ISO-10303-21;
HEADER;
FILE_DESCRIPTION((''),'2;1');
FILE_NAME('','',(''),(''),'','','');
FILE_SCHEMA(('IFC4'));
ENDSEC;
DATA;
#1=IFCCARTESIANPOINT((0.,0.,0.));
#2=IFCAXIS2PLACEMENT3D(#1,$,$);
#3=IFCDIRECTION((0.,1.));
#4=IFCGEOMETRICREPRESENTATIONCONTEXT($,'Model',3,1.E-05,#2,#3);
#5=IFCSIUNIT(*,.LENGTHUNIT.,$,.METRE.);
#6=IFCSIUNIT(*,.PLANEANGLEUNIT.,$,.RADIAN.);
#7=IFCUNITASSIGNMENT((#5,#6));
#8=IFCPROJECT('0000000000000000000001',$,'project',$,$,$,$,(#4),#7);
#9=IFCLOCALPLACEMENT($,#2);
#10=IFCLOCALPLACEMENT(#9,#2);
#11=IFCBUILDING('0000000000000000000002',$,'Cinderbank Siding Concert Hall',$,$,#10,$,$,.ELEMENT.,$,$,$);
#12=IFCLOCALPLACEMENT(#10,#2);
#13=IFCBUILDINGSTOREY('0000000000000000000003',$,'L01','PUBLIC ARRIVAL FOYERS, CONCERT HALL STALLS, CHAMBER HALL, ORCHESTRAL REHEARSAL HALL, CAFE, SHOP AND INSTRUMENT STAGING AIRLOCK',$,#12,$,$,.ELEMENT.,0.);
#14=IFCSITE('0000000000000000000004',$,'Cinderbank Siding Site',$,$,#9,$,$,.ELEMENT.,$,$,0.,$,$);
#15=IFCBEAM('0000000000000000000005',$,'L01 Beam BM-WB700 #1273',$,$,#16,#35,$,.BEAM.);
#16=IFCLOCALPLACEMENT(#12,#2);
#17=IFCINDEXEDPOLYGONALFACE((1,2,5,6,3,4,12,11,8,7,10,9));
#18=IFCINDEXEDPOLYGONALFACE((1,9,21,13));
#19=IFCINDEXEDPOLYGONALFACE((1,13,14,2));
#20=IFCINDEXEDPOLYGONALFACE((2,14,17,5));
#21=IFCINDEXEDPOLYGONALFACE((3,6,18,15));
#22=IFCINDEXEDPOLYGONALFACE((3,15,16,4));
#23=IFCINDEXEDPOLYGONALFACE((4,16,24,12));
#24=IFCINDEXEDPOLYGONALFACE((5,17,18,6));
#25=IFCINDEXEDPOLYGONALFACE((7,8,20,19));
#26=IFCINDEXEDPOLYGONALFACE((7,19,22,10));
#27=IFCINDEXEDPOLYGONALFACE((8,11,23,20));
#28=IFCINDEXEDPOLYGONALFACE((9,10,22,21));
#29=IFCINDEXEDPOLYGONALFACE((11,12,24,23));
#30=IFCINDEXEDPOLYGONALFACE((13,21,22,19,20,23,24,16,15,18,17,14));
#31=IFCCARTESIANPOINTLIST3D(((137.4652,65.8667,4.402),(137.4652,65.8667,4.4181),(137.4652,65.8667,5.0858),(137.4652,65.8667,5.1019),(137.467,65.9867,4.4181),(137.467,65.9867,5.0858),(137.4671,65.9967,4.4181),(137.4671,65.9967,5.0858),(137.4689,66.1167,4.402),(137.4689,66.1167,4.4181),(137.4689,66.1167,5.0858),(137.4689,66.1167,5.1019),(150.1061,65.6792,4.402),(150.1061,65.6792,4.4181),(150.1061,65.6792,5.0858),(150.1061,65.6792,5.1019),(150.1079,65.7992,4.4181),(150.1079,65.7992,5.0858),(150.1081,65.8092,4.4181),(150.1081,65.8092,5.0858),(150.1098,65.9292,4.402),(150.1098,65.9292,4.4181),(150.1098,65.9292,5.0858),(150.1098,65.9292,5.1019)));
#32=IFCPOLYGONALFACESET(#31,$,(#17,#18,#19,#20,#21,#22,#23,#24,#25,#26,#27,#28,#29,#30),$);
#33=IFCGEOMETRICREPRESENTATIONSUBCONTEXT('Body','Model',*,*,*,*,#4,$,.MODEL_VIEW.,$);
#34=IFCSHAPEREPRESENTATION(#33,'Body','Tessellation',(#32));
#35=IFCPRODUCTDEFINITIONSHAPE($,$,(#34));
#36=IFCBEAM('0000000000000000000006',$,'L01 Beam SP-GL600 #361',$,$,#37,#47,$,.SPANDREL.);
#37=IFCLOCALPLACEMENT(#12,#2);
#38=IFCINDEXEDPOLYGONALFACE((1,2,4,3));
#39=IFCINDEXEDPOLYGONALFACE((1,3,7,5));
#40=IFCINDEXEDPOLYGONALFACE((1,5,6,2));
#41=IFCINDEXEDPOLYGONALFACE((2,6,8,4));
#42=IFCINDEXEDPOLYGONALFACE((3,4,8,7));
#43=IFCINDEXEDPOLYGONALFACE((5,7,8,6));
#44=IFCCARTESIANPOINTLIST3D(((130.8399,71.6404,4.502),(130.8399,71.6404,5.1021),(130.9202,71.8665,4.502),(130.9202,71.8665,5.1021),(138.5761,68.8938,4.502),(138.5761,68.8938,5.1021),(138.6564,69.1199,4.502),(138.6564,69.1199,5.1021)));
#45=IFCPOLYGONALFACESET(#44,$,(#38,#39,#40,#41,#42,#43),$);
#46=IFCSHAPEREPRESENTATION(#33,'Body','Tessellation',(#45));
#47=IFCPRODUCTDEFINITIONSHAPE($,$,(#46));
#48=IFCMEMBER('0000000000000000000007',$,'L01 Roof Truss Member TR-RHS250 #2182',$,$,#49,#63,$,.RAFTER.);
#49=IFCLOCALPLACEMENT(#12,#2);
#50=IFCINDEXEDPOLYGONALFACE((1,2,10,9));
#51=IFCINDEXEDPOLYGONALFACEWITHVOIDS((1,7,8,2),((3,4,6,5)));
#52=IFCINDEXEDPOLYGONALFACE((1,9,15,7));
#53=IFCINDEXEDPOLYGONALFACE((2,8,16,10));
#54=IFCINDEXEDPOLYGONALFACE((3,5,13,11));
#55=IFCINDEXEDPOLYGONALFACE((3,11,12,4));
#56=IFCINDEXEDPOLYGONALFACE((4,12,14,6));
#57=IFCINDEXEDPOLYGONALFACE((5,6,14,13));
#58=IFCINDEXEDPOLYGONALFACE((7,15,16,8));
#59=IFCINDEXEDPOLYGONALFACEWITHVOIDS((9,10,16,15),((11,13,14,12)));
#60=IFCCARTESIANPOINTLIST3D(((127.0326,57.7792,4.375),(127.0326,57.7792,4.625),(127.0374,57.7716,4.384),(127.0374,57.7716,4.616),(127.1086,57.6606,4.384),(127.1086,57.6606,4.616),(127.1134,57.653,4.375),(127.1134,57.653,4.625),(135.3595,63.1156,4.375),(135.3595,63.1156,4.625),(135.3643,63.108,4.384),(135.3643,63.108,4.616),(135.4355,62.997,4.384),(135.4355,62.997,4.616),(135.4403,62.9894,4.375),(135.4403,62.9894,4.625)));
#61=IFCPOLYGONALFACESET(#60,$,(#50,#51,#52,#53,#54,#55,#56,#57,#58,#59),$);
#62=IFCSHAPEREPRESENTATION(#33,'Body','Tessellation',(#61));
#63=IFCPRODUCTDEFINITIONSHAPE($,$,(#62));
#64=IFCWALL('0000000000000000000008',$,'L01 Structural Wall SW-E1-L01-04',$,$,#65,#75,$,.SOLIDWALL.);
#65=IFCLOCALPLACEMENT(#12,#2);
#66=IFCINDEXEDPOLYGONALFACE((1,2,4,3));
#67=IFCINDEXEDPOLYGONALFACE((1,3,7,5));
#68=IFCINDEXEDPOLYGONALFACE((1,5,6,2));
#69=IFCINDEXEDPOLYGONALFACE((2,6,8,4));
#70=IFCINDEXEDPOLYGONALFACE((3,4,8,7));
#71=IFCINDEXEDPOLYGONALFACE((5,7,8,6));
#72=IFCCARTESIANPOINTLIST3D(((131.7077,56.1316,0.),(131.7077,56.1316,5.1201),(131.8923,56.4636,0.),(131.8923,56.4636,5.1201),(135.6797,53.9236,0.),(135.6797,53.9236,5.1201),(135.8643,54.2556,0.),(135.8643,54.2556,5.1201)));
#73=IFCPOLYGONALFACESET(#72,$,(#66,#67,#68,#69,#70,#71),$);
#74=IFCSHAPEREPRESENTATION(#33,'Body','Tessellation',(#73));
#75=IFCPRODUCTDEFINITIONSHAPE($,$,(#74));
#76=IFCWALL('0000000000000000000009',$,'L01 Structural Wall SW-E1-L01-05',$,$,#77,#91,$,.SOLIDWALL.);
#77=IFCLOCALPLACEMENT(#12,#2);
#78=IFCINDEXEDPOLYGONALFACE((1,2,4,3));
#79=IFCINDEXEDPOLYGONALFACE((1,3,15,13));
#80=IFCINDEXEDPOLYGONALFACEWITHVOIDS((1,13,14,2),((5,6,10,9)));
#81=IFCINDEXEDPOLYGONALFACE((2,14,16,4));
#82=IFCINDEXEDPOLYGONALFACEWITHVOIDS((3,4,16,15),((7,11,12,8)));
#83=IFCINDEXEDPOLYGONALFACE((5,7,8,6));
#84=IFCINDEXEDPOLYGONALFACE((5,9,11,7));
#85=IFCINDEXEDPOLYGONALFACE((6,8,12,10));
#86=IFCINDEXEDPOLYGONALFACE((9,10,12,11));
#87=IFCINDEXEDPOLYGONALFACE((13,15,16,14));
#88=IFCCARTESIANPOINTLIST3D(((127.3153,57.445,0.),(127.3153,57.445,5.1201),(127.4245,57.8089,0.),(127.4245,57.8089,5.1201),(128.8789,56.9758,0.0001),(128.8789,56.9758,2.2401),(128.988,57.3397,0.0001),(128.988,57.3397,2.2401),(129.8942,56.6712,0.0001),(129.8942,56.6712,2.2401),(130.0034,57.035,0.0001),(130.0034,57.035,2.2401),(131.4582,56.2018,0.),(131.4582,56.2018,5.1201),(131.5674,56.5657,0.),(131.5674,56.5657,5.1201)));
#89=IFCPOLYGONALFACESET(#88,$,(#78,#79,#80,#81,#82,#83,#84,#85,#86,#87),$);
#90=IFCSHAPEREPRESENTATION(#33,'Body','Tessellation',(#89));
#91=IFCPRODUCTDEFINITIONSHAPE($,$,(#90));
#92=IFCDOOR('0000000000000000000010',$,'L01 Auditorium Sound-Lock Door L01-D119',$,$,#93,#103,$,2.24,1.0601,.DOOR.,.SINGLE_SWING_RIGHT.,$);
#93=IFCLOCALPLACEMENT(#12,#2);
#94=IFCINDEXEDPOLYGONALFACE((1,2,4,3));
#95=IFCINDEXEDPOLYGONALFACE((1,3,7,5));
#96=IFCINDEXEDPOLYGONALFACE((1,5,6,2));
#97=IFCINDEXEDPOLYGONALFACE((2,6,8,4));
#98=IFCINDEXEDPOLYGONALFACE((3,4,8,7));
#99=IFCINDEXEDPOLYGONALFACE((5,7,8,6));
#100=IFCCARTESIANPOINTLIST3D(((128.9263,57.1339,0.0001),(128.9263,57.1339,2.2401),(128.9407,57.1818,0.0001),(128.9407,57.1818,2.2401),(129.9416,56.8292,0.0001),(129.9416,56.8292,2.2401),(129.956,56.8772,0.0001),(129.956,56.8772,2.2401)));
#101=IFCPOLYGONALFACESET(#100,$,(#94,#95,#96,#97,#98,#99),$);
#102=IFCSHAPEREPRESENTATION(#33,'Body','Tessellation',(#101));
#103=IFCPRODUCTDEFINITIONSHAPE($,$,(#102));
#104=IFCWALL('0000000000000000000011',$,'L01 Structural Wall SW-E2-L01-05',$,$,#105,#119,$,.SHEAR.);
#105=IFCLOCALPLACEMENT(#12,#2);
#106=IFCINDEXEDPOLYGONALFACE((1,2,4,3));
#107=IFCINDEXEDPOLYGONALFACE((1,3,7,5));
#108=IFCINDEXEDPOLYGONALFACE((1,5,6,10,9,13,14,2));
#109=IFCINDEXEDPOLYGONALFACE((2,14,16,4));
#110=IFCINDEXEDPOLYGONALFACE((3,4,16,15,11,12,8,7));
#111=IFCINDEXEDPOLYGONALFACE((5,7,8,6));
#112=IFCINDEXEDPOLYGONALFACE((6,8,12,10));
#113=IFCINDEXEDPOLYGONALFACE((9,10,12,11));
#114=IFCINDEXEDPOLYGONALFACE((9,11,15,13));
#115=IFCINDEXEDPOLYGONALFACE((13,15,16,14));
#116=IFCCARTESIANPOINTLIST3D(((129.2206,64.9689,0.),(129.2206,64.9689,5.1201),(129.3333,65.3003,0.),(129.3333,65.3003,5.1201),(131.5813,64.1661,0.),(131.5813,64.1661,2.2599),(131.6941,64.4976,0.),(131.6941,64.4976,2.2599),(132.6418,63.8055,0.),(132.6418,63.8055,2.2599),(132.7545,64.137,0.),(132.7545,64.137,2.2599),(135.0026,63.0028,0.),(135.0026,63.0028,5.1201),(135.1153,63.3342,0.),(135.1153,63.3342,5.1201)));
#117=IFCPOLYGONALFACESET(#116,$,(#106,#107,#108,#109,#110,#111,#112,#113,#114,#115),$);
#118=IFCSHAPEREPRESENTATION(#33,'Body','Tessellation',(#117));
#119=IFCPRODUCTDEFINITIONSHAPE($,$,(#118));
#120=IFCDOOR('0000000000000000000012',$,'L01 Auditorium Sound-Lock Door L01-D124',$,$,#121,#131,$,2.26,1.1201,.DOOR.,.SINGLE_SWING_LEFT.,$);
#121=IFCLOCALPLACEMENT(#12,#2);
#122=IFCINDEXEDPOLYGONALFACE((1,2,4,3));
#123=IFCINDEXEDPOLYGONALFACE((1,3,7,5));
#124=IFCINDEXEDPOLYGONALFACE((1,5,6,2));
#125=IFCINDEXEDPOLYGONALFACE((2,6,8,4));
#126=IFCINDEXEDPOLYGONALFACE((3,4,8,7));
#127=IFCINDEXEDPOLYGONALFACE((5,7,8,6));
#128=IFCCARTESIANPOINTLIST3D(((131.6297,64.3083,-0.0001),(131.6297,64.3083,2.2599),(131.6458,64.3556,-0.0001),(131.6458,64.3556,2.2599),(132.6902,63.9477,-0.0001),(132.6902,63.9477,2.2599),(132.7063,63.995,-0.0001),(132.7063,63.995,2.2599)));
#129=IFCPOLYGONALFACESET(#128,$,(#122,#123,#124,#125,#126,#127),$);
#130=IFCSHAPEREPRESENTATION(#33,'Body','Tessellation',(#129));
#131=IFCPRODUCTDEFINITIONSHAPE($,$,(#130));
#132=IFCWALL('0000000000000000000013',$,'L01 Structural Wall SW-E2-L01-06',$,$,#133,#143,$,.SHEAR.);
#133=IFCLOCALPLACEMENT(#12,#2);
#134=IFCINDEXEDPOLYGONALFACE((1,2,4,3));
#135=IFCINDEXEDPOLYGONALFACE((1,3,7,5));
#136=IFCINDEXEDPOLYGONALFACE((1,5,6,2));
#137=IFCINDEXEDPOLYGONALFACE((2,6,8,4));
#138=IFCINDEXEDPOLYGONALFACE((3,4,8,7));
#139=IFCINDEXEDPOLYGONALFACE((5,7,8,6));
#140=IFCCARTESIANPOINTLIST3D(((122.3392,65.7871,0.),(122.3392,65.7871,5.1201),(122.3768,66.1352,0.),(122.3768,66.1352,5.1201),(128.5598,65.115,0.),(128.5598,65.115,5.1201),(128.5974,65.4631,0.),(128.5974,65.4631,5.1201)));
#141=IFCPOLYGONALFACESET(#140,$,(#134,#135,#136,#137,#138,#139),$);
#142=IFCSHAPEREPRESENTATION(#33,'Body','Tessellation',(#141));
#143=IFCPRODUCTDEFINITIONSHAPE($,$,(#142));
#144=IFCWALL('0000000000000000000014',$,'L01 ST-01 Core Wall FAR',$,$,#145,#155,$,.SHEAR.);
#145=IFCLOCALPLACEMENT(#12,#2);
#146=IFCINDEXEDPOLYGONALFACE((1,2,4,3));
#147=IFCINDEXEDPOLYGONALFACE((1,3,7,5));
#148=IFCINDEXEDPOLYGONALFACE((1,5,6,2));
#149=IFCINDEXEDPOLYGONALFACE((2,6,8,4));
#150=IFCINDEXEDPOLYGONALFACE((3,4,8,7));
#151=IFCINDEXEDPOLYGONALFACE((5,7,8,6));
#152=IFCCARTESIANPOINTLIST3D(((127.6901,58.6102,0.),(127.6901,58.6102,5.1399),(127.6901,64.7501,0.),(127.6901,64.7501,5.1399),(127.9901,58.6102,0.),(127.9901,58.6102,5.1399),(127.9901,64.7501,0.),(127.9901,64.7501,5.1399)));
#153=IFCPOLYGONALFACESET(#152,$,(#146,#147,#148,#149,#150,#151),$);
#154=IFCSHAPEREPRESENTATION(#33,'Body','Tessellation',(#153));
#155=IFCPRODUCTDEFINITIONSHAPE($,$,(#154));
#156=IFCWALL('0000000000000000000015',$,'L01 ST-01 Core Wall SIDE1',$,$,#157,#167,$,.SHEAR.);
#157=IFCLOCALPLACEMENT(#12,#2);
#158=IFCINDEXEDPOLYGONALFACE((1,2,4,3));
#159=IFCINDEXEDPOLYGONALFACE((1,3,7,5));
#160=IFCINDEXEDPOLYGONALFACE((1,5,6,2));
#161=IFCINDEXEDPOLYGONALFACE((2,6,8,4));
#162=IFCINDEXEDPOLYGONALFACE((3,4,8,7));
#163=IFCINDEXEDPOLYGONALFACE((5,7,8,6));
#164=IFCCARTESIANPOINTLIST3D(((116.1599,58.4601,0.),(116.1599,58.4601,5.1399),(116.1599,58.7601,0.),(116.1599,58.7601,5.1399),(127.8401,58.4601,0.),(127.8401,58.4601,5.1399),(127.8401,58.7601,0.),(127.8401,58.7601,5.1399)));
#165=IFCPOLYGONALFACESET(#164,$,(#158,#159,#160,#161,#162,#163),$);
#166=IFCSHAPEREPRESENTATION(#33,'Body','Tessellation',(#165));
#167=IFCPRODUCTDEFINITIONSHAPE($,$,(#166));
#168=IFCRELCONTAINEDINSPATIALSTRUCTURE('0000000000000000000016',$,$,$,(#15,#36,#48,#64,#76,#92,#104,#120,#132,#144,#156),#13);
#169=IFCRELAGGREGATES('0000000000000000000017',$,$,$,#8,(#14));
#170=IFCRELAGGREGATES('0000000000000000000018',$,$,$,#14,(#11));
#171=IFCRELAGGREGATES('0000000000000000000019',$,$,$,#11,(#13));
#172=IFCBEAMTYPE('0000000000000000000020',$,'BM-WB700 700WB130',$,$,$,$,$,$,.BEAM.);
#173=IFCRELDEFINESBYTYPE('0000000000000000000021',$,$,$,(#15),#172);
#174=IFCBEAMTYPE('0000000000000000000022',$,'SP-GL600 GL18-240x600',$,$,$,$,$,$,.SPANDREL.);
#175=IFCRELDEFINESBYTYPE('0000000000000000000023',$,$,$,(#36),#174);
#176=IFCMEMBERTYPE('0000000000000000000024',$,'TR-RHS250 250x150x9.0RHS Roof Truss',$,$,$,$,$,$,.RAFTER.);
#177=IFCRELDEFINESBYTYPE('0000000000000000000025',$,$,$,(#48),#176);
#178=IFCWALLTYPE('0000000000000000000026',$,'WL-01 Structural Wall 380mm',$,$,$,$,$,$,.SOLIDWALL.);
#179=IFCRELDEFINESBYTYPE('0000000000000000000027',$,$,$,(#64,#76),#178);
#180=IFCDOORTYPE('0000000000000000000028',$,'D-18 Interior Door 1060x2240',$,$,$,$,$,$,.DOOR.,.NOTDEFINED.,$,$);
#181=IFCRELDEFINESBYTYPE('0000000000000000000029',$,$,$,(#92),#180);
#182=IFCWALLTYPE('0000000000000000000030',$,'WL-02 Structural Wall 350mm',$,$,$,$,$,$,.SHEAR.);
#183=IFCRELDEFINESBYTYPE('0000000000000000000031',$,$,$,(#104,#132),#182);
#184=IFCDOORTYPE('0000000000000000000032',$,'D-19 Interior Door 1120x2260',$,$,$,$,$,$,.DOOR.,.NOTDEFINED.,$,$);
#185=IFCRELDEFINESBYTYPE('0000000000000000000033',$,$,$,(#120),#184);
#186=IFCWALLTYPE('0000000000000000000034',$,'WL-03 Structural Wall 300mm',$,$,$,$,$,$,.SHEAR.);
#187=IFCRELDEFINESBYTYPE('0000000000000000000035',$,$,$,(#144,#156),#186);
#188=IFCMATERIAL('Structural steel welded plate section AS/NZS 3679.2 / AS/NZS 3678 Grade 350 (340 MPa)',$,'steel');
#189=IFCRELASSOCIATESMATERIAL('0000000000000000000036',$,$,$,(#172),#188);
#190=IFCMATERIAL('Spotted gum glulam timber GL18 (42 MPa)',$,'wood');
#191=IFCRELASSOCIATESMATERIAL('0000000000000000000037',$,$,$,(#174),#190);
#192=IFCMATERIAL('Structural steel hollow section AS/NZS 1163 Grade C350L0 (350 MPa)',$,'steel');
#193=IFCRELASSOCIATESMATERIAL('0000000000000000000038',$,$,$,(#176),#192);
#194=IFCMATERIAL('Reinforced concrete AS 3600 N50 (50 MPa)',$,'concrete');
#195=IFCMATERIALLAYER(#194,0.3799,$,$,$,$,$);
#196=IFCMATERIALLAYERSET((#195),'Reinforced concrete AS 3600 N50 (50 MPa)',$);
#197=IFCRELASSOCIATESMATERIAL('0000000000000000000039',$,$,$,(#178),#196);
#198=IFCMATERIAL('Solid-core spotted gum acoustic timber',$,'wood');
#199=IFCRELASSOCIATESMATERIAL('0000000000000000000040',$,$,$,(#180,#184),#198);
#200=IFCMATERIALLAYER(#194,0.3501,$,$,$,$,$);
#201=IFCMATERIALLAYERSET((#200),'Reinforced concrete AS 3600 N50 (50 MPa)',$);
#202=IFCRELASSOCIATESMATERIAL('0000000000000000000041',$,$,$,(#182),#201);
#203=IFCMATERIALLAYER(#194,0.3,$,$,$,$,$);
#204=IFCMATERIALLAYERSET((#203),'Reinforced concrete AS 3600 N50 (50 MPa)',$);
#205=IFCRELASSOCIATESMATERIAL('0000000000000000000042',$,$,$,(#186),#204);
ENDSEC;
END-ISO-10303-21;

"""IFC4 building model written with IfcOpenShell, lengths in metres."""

from ifc_helpers import new_model, si_unit, direction, frame, frame_2d, origin, origin_2d, place, context, subcontext, project, spatial, rectangle, hollow_rectangle, i_section, extrude, material, layer, layer_set, material_profile, profile_set, type_object, element, fill, save


model = new_model("IFC4")

# Units and contexts
model_context = context("Model", 3, precision=1e-05, world=origin(), true_north=direction((0.0, 1.0)))
body_context = subcontext(model_context, "Body", "Model", "MODEL_VIEW")
ifc_project = project(units=[si_unit("LENGTHUNIT", "METRE"), si_unit("PLANEANGLEUNIT", "RADIAN")], contexts=[model_context])

# Site, building, storey
site_placement = place(None, origin())
site = spatial("IfcSite", under=ifc_project, at=site_placement, Name="Cinderbank Siding Site", CompositionType="ELEMENT", RefElevation=0.0)
building_placement = place(site_placement, origin())
building = spatial("IfcBuilding", under=site, at=building_placement, Name="Cinderbank Siding Concert Hall", CompositionType="ELEMENT")
storey_placement = place(building_placement, origin())
storey = spatial("IfcBuildingStorey", under=building, at=storey_placement, Name="L01", Description="PUBLIC ARRIVAL FOYERS, CONCERT HALL STALLS, CHAMBER HALL, ORCHESTRAL REHEARSAL HALL, CAFE, SHOP AND INSTRUMENT STAGING AIRLOCK", CompositionType="ELEMENT", Elevation=0.0)

# Shared definitions
ifc_material_1 = material(Name="Structural steel hollow section AS/NZS 1163 Grade C350L0 (350 MPa)", Category="steel")
ifc_material_2 = material(Name="Reinforced concrete AS 3600 N50 (50 MPa)", Category="concrete")

# Beams
ifc_material_3 = material(Name="Structural steel welded plate section AS/NZS 3679.2 / AS/NZS 3678 Grade 350 (340 MPa)", Category="steel")
ifc_material_profile_1 = material_profile(ifc_material_3, i_section(OverallWidth=0.25, OverallDepth=0.7, WebThickness=0.01, FlangeThickness=0.0161, at=origin_2d()), Name="700WB130", Category="LoadBearing")
ifc_profile_set_1 = profile_set([ifc_material_profile_1], Name="Structural steel welded plate section AS/NZS 3679.2 / AS/NZS 3678 Grade 350 (340 MPa)")
beam_type_1 = type_object("IfcBeamType", Name="BM-WB700 700WB130", PredefinedType="BEAM", material=ifc_profile_set_1)
beam_1_placement = place(storey_placement, frame((137.467, 65.9917, 4.752), z_axis=(0.99989, -0.014831, 0.0), x_axis=(0.014831, 0.99989, 0.0)))
element("IfcBeam", 1, at=beam_1_placement, inside=storey, type_object=beam_type_1, Name="L01 Beam BM-WB700 #1273", PredefinedType="BEAM", context=body_context, shape_type="SweptSolid", body=[
    extrude(i_section(OverallWidth=0.25, OverallDepth=0.7, WebThickness=0.01, FlangeThickness=0.0161, at=origin_2d()), origin(), (0.0, 0.0, 1.0), 12.6423),
])
ifc_material_4 = material(Name="Spotted gum glulam timber GL18 (42 MPa)", Category="wood")
ifc_material_profile_2 = material_profile(ifc_material_4, rectangle(XDim=0.24, YDim=0.6001, at=origin_2d()), Name="GL18-240x600", Category="LoadBearing")
ifc_profile_set_2 = profile_set([ifc_material_profile_2], Name="Spotted gum glulam timber GL18 (42 MPa)")
beam_type_2 = type_object("IfcBeamType", Name="SP-GL600 GL18-240x600", PredefinedType="SPANDREL", material=ifc_profile_set_2)
beam_2_placement = place(storey_placement, frame((138.6162, 69.0068, 4.802), z_axis=(-0.942369, 0.334574, 0.0), x_axis=(-0.334574, -0.942369, 0.0)))
element("IfcBeam", 2, at=beam_2_placement, inside=storey, type_object=beam_type_2, Name="L01 Beam SP-GL600 #361", PredefinedType="SPANDREL", context=body_context, shape_type="SweptSolid", body=[
    extrude(rectangle(XDim=0.24, YDim=0.6001, at=origin_2d()), origin(), (0.0, 0.0, 1.0), 8.2092),
])

# Member
ifc_material_profile_3 = material_profile(ifc_material_1, hollow_rectangle(XDim=0.1499, YDim=0.25, WallThickness=0.009, at=origin_2d()), Name="250x150x9.0RHS", Category="LoadBearing")
ifc_profile_set_3 = profile_set([ifc_material_profile_3], Name="Structural steel hollow section AS/NZS 1163 Grade C350L0 (350 MPa)")
member_type = type_object("IfcMemberType", Name="TR-RHS250 250x150x9.0RHS Roof Truss", PredefinedType="RAFTER", material=ifc_profile_set_3)
member_placement = place(storey_placement, frame((127.073, 57.7161, 4.5), z_axis=(0.84194, 0.539571, 0.0), x_axis=(-0.539571, 0.84194, 0.0)))
element("IfcMember", 3, at=member_placement, inside=storey, type_object=member_type, Name="L01 Roof Truss Member TR-RHS250 #2182", PredefinedType="RAFTER", context=body_context, shape_type="SweptSolid", body=[
    extrude(hollow_rectangle(XDim=0.1499, YDim=0.25, WallThickness=0.009, at=origin_2d()), origin(), (0.0, 0.0, 1.0), 9.8901),
])

# Wall
ifc_layer_1 = layer(ifc_material_2, 0.3799)
ifc_layer_set_1 = layer_set([ifc_layer_1], Name="Reinforced concrete AS 3600 N50 (50 MPa)")
wall_type_1 = type_object("IfcWallType", Name="WL-01 Structural Wall 380mm", PredefinedType="SOLIDWALL", material=ifc_layer_set_1)
wall_1_placement = place(storey_placement, frame((135.772, 54.0896, 0.0), z_axis=(0.0, 0.0, 1.0), x_axis=(-0.874028, 0.485876, 0.0)))
element("IfcWall", 4, at=wall_1_placement, inside=storey, type_object=wall_type_1, Name="L01 Structural Wall SW-E1-L01-04", PredefinedType="SOLIDWALL", context=body_context, shape_type="SweptSolid", body=[
    extrude(rectangle(XDim=4.5444, YDim=0.3799, at=frame_2d((2.2722, 0.0))), origin(), (0.0, 0.0, 1.0), 5.1201),
])

# Walls, openings, doors
wall_2_placement = place(storey_placement, frame((131.5127, 56.3838, 0.0), z_axis=(0.0, 0.0, 1.0), x_axis=(-0.957806, 0.287415, 0.0)))
wall_2 = element("IfcWall", 5, at=wall_2_placement, inside=storey, type_object=wall_type_1, Name="L01 Structural Wall SW-E1-L01-05", PredefinedType="SOLIDWALL", context=body_context, shape_type="SweptSolid", body=[
    extrude(rectangle(XDim=4.3254, YDim=0.3799, at=frame_2d((2.1626, 0.0))), origin(), (0.0, 0.0, 1.0), 5.1201),
])
opening_1_placement = place(wall_2_placement, frame((1.6328, 0.0, 0.0)))
opening_1 = element("IfcOpeningElement", 6, at=opening_1_placement, cuts=wall_2, PredefinedType="OPENING", context=body_context, shape_type="SweptSolid", body=[
    extrude(rectangle(XDim=1.0601, YDim=2.24, at=frame_2d((0.53, 1.1201))), frame((0.0, 0.2019, 0.0), z_axis=(0.0, -1.0, 0.0), x_axis=(1.0, 0.0, 0.0)), (0.0, 0.0, 1.0), 0.4038),
])
ifc_material_5 = material(Name="Solid-core spotted gum acoustic timber", Category="wood")
door_type_1 = type_object("IfcDoorType", Name="D-18 Interior Door 1060x2240", OperationType="NOTDEFINED", PredefinedType="DOOR", material=ifc_material_5)
door_1_placement = place(opening_1_placement, origin())
door_1 = element("IfcDoor", 7, at=door_1_placement, inside=storey, type_object=door_type_1, Name="L01 Auditorium Sound-Lock Door L01-D119", OperationType="SINGLE_SWING_RIGHT", OverallHeight=2.24, OverallWidth=1.0601, PredefinedType="DOOR", context=body_context, shape_type="SweptSolid", body=[
    extrude(rectangle(XDim=1.0601, YDim=2.24, at=frame_2d((0.53, 1.1201))), frame((0.0, 0.0249, 0.0), z_axis=(0.0, -1.0, 0.0), x_axis=(1.0, 0.0, 0.0)), (0.0, 0.0, 1.0), 0.05),
])
fill(opening_1, door_1)
ifc_layer_2 = layer(ifc_material_2, 0.3501)
ifc_layer_set_2 = layer_set([ifc_layer_2], Name="Reinforced concrete AS 3600 N50 (50 MPa)")
wall_type_2 = type_object("IfcWallType", Name="WL-02 Structural Wall 350mm", PredefinedType="SHEAR", material=ifc_layer_set_2)
wall_3_placement = place(storey_placement, frame((135.0591, 63.1685, 0.0), z_axis=(0.0, 0.0, 1.0), x_axis=(-0.946763, 0.321931, 0.0)))
wall_3 = element("IfcWall", 8, at=wall_3_placement, inside=storey, type_object=wall_type_2, Name="L01 Structural Wall SW-E2-L01-05", PredefinedType="SHEAR", context=body_context, shape_type="SweptSolid", body=[
    extrude(rectangle(XDim=6.1072, YDim=0.3501, at=frame_2d((3.0537, 0.0))), origin(), (0.0, 0.0, 1.0), 5.1201),
])
opening_2_placement = place(wall_3_placement, frame((2.4937, 0.0, 0.0)))
opening_2 = element("IfcOpeningElement", 9, at=opening_2_placement, cuts=wall_3, PredefinedType="OPENING", context=body_context, shape_type="SweptSolid", body=[
    extrude(rectangle(XDim=1.1201, YDim=2.26, at=frame_2d((0.5601, 1.1299))), frame((0.0, 0.187, 0.0), z_axis=(0.0, -1.0, 0.0), x_axis=(1.0, 0.0, 0.0)), (0.0, 0.0, 1.0), 0.374),
])
door_type_2 = type_object("IfcDoorType", Name="D-19 Interior Door 1120x2260", OperationType="NOTDEFINED", PredefinedType="DOOR", material=ifc_material_5)
door_2_placement = place(opening_2_placement, origin())
door_2 = element("IfcDoor", 10, at=door_2_placement, inside=storey, type_object=door_type_2, Name="L01 Auditorium Sound-Lock Door L01-D124", OperationType="SINGLE_SWING_LEFT", OverallHeight=2.26, OverallWidth=1.1201, PredefinedType="DOOR", context=body_context, shape_type="SweptSolid", body=[
    extrude(rectangle(XDim=1.1201, YDim=2.26, at=frame_2d((0.5601, 1.1299))), frame((0.0, 0.0249, 0.0), z_axis=(0.0, -1.0, 0.0), x_axis=(1.0, 0.0, 0.0)), (0.0, 0.0, 1.0), 0.05),
])
fill(opening_2, door_2)

# Walls
wall_4_placement = place(storey_placement, frame((128.5786, 65.2891, 0.0), z_axis=(0.0, 0.0, 1.0), x_axis=(-0.994214, 0.10742, 0.0)))
element("IfcWall", 11, at=wall_4_placement, inside=storey, type_object=wall_type_2, Name="L01 Structural Wall SW-E2-L01-06", PredefinedType="SHEAR", context=body_context, shape_type="SweptSolid", body=[
    extrude(rectangle(XDim=6.2568, YDim=0.3501, at=frame_2d((3.1284, 0.0))), origin(), (0.0, 0.0, 1.0), 5.1201),
])
ifc_layer_3 = layer(ifc_material_2, 0.3)
ifc_layer_set_3 = layer_set([ifc_layer_3], Name="Reinforced concrete AS 3600 N50 (50 MPa)")
wall_type_3 = type_object("IfcWallType", Name="WL-03 Structural Wall 300mm", PredefinedType="SHEAR", material=ifc_layer_set_3)
wall_5_placement = place(storey_placement, frame((127.8401, 64.75, 0.0), z_axis=(0.0, 0.0, 1.0), x_axis=(0.0, -1.0, 0.0)))
element("IfcWall", 12, at=wall_5_placement, inside=storey, type_object=wall_type_3, Name="L01 ST-01 Core Wall FAR", PredefinedType="SHEAR", context=body_context, shape_type="SweptSolid", body=[
    extrude(rectangle(XDim=6.1399, YDim=0.3, at=frame_2d((3.0698, 0.0))), origin(), (0.0, 0.0, 1.0), 5.1399),
])
wall_6_placement = place(storey_placement, frame((127.8401, 58.6101, 0.0), z_axis=(0.0, 0.0, 1.0), x_axis=(-1.0, 0.0, 0.0)))
element("IfcWall", 13, at=wall_6_placement, inside=storey, type_object=wall_type_3, Name="L01 ST-01 Core Wall SIDE1", PredefinedType="SHEAR", context=body_context, shape_type="SweptSolid", body=[
    extrude(rectangle(XDim=11.6802, YDim=0.3, at=frame_2d((5.8401, 0.0))), origin(), (0.0, 0.0, 1.0), 5.1399),
])

save(model, "model.ifc")
